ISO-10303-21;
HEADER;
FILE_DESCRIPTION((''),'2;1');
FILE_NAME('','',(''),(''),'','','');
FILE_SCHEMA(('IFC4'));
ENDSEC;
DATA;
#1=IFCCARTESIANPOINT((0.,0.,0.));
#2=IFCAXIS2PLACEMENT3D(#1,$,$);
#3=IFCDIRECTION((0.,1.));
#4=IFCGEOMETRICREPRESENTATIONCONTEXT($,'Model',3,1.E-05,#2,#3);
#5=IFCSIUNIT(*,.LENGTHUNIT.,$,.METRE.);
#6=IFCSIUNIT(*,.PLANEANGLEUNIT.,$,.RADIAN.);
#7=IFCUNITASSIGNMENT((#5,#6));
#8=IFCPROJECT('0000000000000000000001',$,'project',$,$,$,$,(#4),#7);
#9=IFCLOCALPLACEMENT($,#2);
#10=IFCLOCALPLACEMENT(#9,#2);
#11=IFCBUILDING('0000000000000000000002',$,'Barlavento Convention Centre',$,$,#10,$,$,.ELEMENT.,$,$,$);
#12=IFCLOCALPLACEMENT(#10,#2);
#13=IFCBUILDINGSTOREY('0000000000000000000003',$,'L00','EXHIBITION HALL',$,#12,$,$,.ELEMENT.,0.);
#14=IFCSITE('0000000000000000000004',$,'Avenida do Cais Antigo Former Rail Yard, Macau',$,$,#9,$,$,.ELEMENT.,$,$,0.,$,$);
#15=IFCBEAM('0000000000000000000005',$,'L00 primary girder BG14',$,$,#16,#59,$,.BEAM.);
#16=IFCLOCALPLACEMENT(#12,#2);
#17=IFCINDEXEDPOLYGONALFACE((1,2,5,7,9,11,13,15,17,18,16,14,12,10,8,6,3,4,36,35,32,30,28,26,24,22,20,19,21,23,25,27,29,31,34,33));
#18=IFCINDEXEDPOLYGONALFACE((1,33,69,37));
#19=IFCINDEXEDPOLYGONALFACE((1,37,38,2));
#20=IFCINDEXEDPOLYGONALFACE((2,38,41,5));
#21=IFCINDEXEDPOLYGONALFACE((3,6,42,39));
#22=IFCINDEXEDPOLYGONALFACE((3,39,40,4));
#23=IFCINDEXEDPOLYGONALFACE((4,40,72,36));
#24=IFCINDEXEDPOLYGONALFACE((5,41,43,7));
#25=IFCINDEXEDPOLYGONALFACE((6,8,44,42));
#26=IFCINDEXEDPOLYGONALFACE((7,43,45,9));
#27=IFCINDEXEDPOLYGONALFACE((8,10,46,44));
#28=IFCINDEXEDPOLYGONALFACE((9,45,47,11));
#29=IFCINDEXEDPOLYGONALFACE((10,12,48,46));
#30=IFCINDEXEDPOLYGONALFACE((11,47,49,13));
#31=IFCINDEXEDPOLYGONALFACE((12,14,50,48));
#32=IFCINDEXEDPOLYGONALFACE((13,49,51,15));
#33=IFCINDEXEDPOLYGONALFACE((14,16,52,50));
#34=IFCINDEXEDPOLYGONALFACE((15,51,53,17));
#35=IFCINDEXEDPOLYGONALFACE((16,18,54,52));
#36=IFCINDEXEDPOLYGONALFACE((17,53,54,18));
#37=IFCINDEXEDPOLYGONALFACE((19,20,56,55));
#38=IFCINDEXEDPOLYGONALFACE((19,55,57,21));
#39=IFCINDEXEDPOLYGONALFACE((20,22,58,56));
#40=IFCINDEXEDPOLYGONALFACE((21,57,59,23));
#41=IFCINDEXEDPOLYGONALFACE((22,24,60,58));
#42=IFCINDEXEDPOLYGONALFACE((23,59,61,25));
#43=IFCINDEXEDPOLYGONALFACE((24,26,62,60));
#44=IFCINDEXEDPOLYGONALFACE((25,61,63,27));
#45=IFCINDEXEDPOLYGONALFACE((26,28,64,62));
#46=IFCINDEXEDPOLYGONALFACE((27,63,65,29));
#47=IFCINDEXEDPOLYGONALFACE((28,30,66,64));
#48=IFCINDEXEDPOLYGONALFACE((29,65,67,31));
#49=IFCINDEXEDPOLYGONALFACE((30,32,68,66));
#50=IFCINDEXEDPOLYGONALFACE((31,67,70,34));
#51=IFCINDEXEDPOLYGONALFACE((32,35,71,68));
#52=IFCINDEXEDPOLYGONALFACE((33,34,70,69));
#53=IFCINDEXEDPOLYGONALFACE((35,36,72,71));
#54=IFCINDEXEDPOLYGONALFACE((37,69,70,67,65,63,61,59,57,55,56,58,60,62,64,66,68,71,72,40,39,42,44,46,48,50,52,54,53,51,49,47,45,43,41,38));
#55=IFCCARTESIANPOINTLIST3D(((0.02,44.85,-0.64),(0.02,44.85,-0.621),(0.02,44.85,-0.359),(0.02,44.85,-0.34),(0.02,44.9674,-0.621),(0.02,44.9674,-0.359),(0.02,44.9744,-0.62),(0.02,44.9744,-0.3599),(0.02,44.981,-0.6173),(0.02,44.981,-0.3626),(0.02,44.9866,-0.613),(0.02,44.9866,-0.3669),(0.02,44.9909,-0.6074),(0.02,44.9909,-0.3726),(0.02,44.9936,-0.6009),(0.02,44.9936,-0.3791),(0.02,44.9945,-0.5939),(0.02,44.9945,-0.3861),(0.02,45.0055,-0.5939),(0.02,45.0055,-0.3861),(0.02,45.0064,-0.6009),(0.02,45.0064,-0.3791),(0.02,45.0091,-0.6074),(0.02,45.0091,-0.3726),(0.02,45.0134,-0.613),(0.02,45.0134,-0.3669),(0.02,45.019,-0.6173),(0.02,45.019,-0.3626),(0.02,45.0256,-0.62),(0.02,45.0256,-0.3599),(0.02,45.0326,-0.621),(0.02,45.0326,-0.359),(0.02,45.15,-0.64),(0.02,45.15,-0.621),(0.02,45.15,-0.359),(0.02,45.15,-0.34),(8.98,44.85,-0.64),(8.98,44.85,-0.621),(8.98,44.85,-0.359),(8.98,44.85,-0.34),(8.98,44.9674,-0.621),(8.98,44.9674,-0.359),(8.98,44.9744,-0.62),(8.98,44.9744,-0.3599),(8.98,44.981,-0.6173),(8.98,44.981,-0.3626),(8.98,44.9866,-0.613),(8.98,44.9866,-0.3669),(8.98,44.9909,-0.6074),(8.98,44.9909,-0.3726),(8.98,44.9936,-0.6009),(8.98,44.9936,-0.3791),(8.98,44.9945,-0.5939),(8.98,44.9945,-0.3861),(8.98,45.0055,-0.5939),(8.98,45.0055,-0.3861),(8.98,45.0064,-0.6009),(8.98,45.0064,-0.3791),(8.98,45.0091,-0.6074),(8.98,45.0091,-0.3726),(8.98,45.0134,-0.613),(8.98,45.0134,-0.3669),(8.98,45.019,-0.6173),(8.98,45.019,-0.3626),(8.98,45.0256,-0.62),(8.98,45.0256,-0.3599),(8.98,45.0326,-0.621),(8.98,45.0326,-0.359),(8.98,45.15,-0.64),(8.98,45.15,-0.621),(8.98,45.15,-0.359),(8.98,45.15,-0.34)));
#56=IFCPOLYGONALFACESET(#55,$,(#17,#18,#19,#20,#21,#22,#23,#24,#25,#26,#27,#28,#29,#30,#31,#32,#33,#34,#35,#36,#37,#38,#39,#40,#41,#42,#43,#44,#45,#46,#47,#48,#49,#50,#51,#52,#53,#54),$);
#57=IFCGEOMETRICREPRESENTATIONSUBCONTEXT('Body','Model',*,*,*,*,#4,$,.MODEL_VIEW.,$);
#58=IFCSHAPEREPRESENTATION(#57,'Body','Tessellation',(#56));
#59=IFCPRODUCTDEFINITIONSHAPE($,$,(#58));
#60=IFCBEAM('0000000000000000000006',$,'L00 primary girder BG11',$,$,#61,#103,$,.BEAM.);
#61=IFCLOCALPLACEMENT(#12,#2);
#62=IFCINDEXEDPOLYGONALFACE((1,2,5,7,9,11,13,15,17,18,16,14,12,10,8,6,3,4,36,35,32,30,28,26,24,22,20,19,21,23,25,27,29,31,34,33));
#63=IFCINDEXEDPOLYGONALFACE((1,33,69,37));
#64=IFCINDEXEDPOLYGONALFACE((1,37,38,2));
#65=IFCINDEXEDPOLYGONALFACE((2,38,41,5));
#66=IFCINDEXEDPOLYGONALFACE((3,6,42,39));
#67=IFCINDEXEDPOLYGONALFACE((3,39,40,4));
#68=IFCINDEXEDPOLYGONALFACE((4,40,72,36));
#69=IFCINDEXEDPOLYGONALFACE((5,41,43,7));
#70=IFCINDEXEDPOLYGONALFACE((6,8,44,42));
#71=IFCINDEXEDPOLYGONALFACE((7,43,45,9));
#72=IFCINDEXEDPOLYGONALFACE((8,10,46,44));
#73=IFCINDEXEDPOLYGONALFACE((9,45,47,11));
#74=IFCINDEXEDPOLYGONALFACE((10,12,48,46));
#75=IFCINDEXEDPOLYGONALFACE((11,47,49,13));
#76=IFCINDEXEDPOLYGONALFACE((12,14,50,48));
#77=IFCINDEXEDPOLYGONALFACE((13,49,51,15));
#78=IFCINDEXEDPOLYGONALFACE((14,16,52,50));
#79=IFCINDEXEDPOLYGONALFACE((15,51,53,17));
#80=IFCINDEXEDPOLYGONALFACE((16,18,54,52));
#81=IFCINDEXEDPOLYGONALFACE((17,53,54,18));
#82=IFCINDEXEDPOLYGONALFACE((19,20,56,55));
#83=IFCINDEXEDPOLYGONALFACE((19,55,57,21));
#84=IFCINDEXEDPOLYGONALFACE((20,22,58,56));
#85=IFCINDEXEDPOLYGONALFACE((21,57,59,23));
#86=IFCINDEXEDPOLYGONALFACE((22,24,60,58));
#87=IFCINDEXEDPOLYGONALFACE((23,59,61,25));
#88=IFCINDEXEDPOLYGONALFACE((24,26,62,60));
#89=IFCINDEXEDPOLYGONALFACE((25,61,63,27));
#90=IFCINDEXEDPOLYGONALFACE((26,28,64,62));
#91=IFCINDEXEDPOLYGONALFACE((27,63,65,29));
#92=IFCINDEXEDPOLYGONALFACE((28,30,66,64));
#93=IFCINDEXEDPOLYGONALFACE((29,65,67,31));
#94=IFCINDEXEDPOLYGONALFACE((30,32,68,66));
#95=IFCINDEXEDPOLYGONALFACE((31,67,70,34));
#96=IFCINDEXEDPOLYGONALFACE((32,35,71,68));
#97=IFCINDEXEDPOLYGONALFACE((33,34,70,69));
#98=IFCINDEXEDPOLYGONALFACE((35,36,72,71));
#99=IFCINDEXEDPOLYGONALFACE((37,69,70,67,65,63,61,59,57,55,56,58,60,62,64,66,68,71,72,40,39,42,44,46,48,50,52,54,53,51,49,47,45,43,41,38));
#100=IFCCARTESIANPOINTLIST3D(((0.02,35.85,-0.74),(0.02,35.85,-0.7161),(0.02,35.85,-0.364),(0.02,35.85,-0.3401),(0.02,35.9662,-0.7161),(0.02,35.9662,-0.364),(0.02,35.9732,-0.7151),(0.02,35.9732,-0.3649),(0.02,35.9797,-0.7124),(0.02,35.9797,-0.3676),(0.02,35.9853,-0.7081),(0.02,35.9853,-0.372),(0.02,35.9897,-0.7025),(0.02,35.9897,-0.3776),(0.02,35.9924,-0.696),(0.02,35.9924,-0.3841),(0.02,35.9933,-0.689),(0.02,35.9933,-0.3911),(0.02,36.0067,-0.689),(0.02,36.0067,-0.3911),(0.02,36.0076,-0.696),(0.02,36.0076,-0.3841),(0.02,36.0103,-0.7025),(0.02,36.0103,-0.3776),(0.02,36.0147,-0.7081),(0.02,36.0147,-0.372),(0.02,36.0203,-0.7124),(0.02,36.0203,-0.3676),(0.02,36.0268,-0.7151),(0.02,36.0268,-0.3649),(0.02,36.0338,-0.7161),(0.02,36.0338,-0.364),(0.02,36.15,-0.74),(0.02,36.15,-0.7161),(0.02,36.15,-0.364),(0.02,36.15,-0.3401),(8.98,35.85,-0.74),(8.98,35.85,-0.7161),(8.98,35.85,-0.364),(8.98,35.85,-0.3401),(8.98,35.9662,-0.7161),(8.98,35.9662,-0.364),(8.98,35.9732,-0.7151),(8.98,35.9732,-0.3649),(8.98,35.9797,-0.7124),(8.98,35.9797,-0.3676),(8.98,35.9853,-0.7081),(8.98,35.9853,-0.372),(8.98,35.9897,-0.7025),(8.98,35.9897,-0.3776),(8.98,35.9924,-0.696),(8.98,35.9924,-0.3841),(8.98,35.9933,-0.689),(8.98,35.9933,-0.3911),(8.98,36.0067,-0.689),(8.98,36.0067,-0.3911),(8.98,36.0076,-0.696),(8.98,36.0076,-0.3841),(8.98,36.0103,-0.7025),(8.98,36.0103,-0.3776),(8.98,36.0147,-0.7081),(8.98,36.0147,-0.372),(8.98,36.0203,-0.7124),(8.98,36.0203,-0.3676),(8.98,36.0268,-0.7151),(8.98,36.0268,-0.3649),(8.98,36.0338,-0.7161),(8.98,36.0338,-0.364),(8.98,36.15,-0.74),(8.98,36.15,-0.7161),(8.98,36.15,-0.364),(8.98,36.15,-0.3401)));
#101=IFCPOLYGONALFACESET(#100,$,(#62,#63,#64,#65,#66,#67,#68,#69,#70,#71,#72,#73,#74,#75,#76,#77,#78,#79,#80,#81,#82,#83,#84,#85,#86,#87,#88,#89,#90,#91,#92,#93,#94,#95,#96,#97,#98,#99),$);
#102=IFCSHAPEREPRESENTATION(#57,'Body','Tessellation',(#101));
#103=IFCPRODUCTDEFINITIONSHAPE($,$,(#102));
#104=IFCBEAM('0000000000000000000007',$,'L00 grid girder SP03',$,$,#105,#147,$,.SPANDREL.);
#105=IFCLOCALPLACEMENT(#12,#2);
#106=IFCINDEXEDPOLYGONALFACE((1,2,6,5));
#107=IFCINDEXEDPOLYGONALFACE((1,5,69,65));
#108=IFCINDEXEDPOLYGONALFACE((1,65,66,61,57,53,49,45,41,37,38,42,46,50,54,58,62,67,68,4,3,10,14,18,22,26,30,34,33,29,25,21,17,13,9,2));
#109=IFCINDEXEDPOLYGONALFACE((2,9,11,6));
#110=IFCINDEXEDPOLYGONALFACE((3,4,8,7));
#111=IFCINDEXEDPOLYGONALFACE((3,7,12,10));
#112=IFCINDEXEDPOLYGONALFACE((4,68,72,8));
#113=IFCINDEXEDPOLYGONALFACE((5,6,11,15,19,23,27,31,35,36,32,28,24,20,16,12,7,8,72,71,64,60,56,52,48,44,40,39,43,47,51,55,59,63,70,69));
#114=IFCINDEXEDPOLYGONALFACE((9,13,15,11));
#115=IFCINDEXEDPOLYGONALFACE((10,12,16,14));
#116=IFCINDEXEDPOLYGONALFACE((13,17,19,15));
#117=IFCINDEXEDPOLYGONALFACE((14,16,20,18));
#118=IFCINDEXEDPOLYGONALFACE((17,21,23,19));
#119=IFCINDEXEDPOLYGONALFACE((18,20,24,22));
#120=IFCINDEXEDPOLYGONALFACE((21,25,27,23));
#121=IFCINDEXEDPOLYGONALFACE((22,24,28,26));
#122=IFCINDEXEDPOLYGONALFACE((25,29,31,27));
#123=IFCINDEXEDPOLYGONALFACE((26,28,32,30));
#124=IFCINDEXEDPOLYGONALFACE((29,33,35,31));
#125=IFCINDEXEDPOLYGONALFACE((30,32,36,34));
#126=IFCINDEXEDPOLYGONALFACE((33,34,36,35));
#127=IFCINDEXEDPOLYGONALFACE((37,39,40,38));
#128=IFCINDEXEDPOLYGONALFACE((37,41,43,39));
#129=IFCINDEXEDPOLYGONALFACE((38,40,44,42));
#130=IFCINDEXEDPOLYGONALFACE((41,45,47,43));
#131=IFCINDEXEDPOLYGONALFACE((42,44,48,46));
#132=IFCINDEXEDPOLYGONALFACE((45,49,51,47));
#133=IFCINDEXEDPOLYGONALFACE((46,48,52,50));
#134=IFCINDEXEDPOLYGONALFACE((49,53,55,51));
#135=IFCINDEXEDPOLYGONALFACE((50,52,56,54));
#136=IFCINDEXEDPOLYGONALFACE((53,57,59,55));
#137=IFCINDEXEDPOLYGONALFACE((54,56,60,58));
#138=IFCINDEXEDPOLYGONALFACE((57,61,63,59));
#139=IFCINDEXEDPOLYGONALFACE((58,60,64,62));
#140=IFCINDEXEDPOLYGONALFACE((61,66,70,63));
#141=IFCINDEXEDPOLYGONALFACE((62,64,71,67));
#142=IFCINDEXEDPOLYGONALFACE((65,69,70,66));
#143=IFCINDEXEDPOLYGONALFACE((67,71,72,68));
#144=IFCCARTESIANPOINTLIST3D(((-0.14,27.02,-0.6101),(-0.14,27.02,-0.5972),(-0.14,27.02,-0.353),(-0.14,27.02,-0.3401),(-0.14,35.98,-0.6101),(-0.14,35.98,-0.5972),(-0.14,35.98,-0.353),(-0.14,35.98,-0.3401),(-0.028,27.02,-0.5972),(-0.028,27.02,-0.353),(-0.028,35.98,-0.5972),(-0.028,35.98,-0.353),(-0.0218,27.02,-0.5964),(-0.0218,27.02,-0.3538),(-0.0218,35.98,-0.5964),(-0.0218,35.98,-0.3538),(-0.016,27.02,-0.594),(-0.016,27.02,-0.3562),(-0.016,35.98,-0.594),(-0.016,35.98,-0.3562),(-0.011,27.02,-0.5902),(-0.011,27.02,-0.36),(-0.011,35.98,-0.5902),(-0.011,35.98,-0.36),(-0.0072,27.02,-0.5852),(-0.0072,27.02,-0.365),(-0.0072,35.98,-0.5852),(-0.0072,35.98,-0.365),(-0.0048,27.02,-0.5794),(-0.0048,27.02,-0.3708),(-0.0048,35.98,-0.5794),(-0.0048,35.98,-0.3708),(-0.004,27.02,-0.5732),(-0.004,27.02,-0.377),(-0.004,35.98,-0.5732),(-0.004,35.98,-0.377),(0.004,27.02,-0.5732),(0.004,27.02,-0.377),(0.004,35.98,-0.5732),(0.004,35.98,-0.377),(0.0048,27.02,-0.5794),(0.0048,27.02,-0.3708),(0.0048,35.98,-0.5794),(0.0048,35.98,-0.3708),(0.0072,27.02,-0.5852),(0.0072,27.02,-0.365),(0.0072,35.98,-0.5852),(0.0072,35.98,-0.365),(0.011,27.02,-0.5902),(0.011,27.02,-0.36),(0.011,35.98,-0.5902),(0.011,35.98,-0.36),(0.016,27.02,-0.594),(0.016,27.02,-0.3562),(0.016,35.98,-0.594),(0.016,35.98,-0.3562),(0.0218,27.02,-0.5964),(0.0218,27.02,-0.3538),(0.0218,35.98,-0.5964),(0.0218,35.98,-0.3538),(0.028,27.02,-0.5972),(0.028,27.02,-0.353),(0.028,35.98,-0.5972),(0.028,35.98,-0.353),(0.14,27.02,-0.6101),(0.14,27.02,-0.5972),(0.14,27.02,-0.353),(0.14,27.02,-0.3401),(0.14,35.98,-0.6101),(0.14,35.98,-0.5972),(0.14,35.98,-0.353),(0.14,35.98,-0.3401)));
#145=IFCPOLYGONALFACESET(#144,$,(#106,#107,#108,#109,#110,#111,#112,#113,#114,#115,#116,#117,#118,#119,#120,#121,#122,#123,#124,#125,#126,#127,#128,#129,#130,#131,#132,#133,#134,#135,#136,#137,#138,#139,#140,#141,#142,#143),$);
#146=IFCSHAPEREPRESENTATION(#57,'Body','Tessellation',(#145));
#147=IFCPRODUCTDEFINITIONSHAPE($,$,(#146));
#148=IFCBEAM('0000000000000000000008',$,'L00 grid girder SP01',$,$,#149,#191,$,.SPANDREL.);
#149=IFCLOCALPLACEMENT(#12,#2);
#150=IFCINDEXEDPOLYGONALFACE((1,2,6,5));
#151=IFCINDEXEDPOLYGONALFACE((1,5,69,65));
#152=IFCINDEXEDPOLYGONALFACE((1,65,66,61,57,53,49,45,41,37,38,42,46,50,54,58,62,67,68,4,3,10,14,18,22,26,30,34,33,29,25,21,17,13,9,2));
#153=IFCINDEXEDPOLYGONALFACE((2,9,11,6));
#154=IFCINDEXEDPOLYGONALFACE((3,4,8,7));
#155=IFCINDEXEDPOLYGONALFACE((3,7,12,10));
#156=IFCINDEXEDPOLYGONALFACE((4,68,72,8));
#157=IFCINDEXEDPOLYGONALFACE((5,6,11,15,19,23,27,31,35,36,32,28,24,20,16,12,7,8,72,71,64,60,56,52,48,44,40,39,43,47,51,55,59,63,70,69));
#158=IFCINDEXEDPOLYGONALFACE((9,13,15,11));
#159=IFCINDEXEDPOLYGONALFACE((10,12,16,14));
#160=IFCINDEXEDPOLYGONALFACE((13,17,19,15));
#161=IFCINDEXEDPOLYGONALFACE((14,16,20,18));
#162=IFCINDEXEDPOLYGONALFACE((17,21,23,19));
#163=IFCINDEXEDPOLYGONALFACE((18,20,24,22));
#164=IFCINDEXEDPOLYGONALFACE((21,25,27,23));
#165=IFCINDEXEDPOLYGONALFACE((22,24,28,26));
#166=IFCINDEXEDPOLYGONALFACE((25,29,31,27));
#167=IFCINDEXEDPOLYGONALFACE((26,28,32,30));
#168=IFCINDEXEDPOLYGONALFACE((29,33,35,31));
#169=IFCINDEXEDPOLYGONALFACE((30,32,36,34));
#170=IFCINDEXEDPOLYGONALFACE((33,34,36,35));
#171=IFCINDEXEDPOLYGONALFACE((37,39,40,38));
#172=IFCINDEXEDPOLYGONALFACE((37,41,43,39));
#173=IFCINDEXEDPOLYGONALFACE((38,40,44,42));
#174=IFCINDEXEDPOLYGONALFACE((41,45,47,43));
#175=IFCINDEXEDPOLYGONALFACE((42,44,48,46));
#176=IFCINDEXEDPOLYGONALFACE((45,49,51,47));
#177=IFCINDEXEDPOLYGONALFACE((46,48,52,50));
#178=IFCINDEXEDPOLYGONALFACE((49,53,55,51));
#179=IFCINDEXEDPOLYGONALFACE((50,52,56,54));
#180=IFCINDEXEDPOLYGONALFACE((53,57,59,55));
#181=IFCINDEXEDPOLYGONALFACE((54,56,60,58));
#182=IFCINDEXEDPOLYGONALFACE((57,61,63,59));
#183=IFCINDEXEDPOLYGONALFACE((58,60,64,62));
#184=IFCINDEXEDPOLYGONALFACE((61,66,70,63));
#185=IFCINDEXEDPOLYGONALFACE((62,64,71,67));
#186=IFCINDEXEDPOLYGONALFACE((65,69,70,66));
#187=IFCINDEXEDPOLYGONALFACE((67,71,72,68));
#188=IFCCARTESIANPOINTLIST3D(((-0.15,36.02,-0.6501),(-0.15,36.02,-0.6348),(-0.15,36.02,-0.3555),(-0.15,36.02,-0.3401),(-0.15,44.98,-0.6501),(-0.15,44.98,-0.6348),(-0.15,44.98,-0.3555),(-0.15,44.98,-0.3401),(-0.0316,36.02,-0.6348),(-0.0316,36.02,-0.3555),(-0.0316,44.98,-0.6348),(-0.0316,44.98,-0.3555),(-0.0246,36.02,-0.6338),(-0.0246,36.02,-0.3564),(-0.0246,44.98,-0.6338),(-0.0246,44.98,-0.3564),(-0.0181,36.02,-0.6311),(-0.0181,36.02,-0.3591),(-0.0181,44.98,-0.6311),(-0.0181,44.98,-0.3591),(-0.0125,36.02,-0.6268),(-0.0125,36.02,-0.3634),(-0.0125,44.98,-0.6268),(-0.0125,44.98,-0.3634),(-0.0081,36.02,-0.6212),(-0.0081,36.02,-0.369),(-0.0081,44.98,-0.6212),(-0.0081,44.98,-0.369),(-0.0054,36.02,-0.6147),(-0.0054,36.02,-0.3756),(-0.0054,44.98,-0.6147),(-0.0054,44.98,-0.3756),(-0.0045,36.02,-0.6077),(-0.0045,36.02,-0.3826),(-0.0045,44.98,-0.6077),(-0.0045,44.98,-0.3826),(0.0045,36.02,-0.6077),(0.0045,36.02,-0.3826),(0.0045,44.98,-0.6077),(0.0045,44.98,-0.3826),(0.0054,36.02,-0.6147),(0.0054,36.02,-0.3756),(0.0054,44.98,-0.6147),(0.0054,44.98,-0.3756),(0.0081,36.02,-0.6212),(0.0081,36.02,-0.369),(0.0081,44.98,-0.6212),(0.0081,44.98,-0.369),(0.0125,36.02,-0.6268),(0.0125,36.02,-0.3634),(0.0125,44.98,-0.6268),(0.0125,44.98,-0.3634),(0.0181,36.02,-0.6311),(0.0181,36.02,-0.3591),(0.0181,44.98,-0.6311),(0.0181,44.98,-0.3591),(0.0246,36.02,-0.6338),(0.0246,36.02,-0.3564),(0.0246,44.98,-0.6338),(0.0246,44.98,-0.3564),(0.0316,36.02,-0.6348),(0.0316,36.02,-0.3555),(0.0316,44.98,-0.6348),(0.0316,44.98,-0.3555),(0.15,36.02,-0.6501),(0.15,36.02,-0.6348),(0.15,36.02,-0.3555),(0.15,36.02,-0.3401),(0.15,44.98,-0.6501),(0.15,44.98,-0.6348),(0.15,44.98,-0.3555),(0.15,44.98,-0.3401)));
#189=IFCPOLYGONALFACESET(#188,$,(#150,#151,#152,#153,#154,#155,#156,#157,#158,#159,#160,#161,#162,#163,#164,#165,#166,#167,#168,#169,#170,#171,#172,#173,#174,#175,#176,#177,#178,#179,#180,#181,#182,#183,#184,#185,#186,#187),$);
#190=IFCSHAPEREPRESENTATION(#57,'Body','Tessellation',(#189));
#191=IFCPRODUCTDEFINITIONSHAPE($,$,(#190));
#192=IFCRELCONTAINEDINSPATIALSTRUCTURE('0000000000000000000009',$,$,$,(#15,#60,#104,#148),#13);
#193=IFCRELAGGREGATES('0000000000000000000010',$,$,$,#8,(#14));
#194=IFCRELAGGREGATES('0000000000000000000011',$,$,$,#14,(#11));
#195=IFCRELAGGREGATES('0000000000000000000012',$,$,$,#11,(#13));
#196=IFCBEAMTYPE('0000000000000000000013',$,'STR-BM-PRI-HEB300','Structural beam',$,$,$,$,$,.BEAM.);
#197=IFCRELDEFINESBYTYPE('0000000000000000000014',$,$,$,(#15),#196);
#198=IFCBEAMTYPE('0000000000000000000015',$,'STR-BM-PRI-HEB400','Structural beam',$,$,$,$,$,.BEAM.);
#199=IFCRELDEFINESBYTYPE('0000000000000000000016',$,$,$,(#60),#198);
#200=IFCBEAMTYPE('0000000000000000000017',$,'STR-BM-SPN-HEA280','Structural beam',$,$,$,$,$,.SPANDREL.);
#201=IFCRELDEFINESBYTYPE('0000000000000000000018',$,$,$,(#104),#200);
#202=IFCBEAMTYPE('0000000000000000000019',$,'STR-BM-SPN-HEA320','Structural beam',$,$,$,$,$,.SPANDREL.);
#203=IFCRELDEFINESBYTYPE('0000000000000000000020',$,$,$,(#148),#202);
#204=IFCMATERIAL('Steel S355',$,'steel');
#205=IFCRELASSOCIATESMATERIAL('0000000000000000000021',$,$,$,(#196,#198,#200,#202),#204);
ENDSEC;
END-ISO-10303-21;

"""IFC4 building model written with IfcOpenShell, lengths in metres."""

from ifc_helpers import new_model, si_unit, direction, frame, origin, origin_2d, place, context, subcontext, project, spatial, i_section, extrude, material, material_profile, profile_set, type_object, element, save


model = new_model("IFC4")

# Units and contexts
model_context = context("Model", 3, precision=1e-05, world=origin(), true_north=direction((0.0, 1.0)))
body_context = subcontext(model_context, "Body", "Model", "MODEL_VIEW")
ifc_project = project(units=[si_unit("LENGTHUNIT", "METRE"), si_unit("PLANEANGLEUNIT", "RADIAN")], contexts=[model_context])

# Site, building, storey
site_placement = place(None, origin())
site = spatial("IfcSite", under=ifc_project, at=site_placement, Name="Avenida do Cais Antigo Former Rail Yard, Macau", CompositionType="ELEMENT", RefElevation=0.0)
building_placement = place(site_placement, origin())
building = spatial("IfcBuilding", under=site, at=building_placement, Name="Barlavento Convention Centre", CompositionType="ELEMENT")
storey_placement = place(building_placement, origin())
storey = spatial("IfcBuildingStorey", under=building, at=storey_placement, Name="L00", Description="EXHIBITION HALL", CompositionType="ELEMENT", Elevation=0.0)

# Beams
ifc_material_1 = material(Name="Steel S355", Category="steel")
ifc_material_profile_1 = material_profile(ifc_material_1, i_section(OverallWidth=0.3, OverallDepth=0.3, WebThickness=0.011, FlangeThickness=0.019, FilletRadius=0.0271, at=origin_2d()), Name="HEB 300")
ifc_profile_set_1 = profile_set([ifc_material_profile_1], Name="Steel S355")
beam_type_1 = type_object("IfcBeamType", Name="STR-BM-PRI-HEB300", Description="Structural beam", PredefinedType="BEAM", material=ifc_profile_set_1)
beam_1_placement = place(storey_placement, frame((0.02, 45.0, -0.49), z_axis=(1.0, 0.0, 0.0), x_axis=(0.0, 1.0, 0.0)))
element("IfcBeam", 1, at=beam_1_placement, inside=storey, type_object=beam_type_1, Name="L00 primary girder BG14", PredefinedType="BEAM", context=body_context, shape_type="SweptSolid", body=[
    extrude(i_section(OverallWidth=0.3, OverallDepth=0.3, WebThickness=0.011, FlangeThickness=0.019, FilletRadius=0.0271, at=origin_2d()), origin(), (0.0, 0.0, 1.0), 8.96),
])
ifc_material_profile_2 = material_profile(ifc_material_1, i_section(OverallWidth=0.3, OverallDepth=0.3999, WebThickness=0.0134, FlangeThickness=0.0239, FilletRadius=0.0271, at=origin_2d()), Name="HEB 400")
ifc_profile_set_2 = profile_set([ifc_material_profile_2], Name="Steel S355")
beam_type_2 = type_object("IfcBeamType", Name="STR-BM-PRI-HEB400", Description="Structural beam", PredefinedType="BEAM", material=ifc_profile_set_2)
beam_2_placement = place(storey_placement, frame((0.02, 36.0, -0.54), z_axis=(1.0, 0.0, 0.0), x_axis=(0.0, 1.0, 0.0)))
element("IfcBeam", 2, at=beam_2_placement, inside=storey, type_object=beam_type_2, Name="L00 primary girder BG11", PredefinedType="BEAM", context=body_context, shape_type="SweptSolid", body=[
    extrude(i_section(OverallWidth=0.3, OverallDepth=0.3999, WebThickness=0.0134, FlangeThickness=0.0239, FilletRadius=0.0271, at=origin_2d()), origin(), (0.0, 0.0, 1.0), 8.96),
])
ifc_material_profile_3 = material_profile(ifc_material_1, i_section(OverallWidth=0.28, OverallDepth=0.27, WebThickness=0.0081, FlangeThickness=0.0129, FilletRadius=0.0239, at=origin_2d()), Name="HEA 280")
ifc_profile_set_3 = profile_set([ifc_material_profile_3], Name="Steel S355")
beam_type_3 = type_object("IfcBeamType", Name="STR-BM-SPN-HEA280", Description="Structural beam", PredefinedType="SPANDREL", material=ifc_profile_set_3)
beam_3_placement = place(storey_placement, frame((0.0, 27.02, -0.4751), z_axis=(0.0, 1.0, 0.0), x_axis=(-1.0, 0.0, 0.0)))
element("IfcBeam", 3, at=beam_3_placement, inside=storey, type_object=beam_type_3, Name="L00 grid girder SP03", PredefinedType="SPANDREL", context=body_context, shape_type="SweptSolid", body=[
    extrude(i_section(OverallWidth=0.28, OverallDepth=0.27, WebThickness=0.0081, FlangeThickness=0.0129, FilletRadius=0.0239, at=origin_2d()), origin(), (0.0, 0.0, 1.0), 8.96),
])
ifc_material_profile_4 = material_profile(ifc_material_1, i_section(OverallWidth=0.3, OverallDepth=0.3101, WebThickness=0.009, FlangeThickness=0.0154, FilletRadius=0.0271, at=origin_2d()), Name="HEA 320")
ifc_profile_set_4 = profile_set([ifc_material_profile_4], Name="Steel S355")
beam_type_4 = type_object("IfcBeamType", Name="STR-BM-SPN-HEA320", Description="Structural beam", PredefinedType="SPANDREL", material=ifc_profile_set_4)
beam_4_placement = place(storey_placement, frame((0.0, 36.02, -0.4951), z_axis=(0.0, 1.0, 0.0), x_axis=(-1.0, 0.0, 0.0)))
element("IfcBeam", 4, at=beam_4_placement, inside=storey, type_object=beam_type_4, Name="L00 grid girder SP01", PredefinedType="SPANDREL", context=body_context, shape_type="SweptSolid", body=[
    extrude(i_section(OverallWidth=0.3, OverallDepth=0.3101, WebThickness=0.009, FlangeThickness=0.0154, FilletRadius=0.0271, at=origin_2d()), origin(), (0.0, 0.0, 1.0), 8.96),
])

save(model, "model.ifc")
